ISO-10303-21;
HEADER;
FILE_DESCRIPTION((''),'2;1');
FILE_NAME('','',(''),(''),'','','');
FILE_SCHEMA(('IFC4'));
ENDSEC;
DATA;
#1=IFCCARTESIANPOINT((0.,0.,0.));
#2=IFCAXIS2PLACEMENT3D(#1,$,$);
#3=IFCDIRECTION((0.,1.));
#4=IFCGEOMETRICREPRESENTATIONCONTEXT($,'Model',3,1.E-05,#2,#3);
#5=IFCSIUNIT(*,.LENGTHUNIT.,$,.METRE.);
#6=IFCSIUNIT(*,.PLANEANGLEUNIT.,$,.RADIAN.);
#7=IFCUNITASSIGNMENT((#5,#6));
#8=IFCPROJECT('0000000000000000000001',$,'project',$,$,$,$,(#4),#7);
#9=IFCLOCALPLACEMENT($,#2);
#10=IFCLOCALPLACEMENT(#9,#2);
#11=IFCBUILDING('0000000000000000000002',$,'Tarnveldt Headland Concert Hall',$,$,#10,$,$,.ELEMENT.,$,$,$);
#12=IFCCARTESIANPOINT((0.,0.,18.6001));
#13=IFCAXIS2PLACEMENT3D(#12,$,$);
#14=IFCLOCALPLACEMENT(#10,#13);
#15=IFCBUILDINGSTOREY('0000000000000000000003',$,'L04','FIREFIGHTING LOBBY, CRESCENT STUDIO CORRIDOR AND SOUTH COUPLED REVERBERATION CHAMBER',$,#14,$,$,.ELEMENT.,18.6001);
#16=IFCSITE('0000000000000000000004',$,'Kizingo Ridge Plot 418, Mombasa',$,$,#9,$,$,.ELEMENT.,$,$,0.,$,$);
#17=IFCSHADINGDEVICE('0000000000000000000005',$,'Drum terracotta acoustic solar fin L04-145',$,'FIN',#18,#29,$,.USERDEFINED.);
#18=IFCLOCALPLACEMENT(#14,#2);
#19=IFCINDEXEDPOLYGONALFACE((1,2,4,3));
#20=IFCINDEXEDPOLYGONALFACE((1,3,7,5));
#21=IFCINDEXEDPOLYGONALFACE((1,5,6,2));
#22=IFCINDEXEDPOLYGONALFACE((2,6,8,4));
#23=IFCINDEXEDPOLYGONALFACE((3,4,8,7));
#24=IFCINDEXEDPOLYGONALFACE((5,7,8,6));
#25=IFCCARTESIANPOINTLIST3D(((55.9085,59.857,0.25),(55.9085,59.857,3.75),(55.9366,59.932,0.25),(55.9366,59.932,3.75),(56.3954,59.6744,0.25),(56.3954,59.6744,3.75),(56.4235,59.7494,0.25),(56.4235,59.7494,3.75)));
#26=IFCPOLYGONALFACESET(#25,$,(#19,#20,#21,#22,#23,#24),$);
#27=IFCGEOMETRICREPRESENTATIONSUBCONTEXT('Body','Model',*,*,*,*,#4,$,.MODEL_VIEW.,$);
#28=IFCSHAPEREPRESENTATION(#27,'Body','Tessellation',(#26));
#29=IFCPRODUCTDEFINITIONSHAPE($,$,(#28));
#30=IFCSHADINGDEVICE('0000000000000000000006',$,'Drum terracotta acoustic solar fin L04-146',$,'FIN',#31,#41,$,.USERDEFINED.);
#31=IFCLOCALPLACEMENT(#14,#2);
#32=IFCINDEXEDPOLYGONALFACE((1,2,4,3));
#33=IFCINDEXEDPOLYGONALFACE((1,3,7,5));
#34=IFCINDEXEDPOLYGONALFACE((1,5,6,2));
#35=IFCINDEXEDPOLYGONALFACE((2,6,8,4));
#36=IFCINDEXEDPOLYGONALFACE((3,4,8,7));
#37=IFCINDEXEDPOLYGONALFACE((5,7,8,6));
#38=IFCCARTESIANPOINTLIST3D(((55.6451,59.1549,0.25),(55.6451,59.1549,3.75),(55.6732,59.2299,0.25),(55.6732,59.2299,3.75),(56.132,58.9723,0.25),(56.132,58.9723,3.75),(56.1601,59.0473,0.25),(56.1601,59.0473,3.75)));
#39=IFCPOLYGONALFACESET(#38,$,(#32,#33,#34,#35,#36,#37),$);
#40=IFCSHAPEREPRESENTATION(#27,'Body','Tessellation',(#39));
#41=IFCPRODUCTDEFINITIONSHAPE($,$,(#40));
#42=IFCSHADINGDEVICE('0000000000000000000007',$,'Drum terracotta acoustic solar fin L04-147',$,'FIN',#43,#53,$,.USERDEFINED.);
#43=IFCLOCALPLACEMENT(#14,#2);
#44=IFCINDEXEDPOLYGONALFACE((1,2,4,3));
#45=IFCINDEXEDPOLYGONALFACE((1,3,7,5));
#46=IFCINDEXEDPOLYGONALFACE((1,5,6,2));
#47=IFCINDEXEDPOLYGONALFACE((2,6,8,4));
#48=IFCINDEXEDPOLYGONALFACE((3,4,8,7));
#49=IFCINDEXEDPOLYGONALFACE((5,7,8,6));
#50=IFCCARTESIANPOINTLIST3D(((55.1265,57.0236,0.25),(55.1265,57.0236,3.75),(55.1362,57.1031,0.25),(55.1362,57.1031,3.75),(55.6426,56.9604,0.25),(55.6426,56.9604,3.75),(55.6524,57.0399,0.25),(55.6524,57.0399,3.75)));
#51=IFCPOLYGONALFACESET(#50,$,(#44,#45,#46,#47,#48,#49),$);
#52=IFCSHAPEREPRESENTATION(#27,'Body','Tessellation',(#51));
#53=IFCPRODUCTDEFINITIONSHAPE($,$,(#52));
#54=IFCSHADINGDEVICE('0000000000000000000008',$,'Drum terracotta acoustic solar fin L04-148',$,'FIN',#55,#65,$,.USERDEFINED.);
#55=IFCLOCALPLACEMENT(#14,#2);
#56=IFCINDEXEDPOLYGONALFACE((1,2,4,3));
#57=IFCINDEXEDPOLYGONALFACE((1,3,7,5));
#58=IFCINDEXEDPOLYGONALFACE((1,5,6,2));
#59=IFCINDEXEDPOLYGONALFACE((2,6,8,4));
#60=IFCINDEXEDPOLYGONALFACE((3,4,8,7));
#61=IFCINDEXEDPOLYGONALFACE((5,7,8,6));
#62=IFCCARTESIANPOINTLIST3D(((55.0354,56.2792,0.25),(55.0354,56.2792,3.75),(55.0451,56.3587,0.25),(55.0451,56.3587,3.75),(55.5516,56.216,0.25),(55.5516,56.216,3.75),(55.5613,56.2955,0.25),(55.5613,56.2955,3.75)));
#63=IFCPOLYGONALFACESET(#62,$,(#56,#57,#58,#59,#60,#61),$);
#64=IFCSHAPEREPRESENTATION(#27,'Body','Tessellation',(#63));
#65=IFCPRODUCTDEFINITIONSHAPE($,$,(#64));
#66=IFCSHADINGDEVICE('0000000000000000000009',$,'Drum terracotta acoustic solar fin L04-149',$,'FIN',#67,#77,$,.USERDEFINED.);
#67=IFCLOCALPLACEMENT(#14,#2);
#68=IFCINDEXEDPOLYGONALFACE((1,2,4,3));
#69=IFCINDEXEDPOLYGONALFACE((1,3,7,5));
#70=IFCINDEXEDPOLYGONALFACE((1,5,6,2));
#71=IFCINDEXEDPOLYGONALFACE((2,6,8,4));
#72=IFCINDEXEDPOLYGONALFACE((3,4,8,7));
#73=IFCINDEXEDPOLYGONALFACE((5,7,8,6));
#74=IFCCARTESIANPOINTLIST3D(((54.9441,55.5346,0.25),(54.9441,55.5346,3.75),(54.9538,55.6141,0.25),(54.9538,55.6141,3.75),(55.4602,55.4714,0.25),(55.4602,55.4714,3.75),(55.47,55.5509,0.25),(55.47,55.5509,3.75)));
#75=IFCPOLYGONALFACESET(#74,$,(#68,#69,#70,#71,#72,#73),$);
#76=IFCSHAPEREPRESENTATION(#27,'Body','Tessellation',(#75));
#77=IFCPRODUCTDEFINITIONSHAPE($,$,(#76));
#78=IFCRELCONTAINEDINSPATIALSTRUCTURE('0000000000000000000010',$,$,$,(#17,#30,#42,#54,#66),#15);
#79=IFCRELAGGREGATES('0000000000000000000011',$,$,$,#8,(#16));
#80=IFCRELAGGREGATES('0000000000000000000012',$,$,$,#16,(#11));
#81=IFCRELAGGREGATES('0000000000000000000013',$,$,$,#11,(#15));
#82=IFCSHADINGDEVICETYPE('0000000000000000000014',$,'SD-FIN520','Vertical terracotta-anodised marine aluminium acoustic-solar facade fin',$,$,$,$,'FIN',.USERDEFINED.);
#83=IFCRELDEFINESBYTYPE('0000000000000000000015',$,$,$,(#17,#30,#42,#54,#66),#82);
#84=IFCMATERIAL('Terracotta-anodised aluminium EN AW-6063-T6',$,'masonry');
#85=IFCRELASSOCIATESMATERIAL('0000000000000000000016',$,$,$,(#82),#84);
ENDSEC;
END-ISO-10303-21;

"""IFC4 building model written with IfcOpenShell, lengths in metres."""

from ifc_helpers import new_model, si_unit, direction, frame, origin, origin_2d, place, context, subcontext, project, spatial, rectangle, extrude, material, type_object, element, save


model = new_model("IFC4")

# Units and contexts
model_context = context("Model", 3, precision=1e-05, world=origin(), true_north=direction((0.0, 1.0)))
body_context = subcontext(model_context, "Body", "Model", "MODEL_VIEW")
ifc_project = project(units=[si_unit("LENGTHUNIT", "METRE"), si_unit("PLANEANGLEUNIT", "RADIAN")], contexts=[model_context])

# Site, building, storey
site_placement = place(None, origin())
site = spatial("IfcSite", under=ifc_project, at=site_placement, Name="Kizingo Ridge Plot 418, Mombasa", CompositionType="ELEMENT", RefElevation=0.0)
building_placement = place(site_placement, origin())
building = spatial("IfcBuilding", under=site, at=building_placement, Name="Tarnveldt Headland Concert Hall", CompositionType="ELEMENT")
storey_placement = place(building_placement, frame((0.0, 0.0, 18.6001)))
storey = spatial("IfcBuildingStorey", under=building, at=storey_placement, Name="L04", Description="FIREFIGHTING LOBBY, CRESCENT STUDIO CORRIDOR AND SOUTH COUPLED REVERBERATION CHAMBER", CompositionType="ELEMENT", Elevation=18.6001)

# Shading devices
ifc_material_1 = material(Name="Terracotta-anodised aluminium EN AW-6063-T6", Category="masonry")
shading_device_type = type_object("IfcShadingDeviceType", Name="SD-FIN520", Description="Vertical terracotta-anodised marine aluminium acoustic-solar facade fin", ElementType="FIN", PredefinedType="USERDEFINED", material=ifc_material_1)
for number, where, z_axis, x_axis, name in (
    (1, (56.166, 59.8032, 0.25), (0.0, 0.0, 1.0), (-0.936305, 0.351188, 0.0), "Drum terracotta acoustic solar fin L04-145"),
    (2, (55.9026, 59.1011, 0.25), (0.0, 0.0, 1.0), (-0.936305, 0.351188, 0.0), "Drum terracotta acoustic solar fin L04-146"),
    (3, (55.3894, 57.0317, 0.25), (0.0, 0.0, 1.0), (-0.992589, 0.121523, 0.0), "Drum terracotta acoustic solar fin L04-147"),
    (4, (55.2983, 56.2874, 0.25), (0.0, 0.0, 1.0), (-0.992589, 0.121523, 0.0), "Drum terracotta acoustic solar fin L04-148"),
    (5, (55.207, 55.5427, 0.25), (0.0, 0.0, 1.0), (-0.992589, 0.121523, 0.0), "Drum terracotta acoustic solar fin L04-149"),
):
    element("IfcShadingDevice", number, at=place(storey_placement, frame(where, z_axis=z_axis, x_axis=x_axis)), inside=storey, type_object=shading_device_type, Name=name, ObjectType="FIN", PredefinedType="USERDEFINED", context=body_context, shape_type="SweptSolid", body=[
        extrude(rectangle(XDim=0.52, YDim=0.0801, at=origin_2d()), origin(), (0.0, 0.0, 1.0), 3.5),
    ])

save(model, "model.ifc")
